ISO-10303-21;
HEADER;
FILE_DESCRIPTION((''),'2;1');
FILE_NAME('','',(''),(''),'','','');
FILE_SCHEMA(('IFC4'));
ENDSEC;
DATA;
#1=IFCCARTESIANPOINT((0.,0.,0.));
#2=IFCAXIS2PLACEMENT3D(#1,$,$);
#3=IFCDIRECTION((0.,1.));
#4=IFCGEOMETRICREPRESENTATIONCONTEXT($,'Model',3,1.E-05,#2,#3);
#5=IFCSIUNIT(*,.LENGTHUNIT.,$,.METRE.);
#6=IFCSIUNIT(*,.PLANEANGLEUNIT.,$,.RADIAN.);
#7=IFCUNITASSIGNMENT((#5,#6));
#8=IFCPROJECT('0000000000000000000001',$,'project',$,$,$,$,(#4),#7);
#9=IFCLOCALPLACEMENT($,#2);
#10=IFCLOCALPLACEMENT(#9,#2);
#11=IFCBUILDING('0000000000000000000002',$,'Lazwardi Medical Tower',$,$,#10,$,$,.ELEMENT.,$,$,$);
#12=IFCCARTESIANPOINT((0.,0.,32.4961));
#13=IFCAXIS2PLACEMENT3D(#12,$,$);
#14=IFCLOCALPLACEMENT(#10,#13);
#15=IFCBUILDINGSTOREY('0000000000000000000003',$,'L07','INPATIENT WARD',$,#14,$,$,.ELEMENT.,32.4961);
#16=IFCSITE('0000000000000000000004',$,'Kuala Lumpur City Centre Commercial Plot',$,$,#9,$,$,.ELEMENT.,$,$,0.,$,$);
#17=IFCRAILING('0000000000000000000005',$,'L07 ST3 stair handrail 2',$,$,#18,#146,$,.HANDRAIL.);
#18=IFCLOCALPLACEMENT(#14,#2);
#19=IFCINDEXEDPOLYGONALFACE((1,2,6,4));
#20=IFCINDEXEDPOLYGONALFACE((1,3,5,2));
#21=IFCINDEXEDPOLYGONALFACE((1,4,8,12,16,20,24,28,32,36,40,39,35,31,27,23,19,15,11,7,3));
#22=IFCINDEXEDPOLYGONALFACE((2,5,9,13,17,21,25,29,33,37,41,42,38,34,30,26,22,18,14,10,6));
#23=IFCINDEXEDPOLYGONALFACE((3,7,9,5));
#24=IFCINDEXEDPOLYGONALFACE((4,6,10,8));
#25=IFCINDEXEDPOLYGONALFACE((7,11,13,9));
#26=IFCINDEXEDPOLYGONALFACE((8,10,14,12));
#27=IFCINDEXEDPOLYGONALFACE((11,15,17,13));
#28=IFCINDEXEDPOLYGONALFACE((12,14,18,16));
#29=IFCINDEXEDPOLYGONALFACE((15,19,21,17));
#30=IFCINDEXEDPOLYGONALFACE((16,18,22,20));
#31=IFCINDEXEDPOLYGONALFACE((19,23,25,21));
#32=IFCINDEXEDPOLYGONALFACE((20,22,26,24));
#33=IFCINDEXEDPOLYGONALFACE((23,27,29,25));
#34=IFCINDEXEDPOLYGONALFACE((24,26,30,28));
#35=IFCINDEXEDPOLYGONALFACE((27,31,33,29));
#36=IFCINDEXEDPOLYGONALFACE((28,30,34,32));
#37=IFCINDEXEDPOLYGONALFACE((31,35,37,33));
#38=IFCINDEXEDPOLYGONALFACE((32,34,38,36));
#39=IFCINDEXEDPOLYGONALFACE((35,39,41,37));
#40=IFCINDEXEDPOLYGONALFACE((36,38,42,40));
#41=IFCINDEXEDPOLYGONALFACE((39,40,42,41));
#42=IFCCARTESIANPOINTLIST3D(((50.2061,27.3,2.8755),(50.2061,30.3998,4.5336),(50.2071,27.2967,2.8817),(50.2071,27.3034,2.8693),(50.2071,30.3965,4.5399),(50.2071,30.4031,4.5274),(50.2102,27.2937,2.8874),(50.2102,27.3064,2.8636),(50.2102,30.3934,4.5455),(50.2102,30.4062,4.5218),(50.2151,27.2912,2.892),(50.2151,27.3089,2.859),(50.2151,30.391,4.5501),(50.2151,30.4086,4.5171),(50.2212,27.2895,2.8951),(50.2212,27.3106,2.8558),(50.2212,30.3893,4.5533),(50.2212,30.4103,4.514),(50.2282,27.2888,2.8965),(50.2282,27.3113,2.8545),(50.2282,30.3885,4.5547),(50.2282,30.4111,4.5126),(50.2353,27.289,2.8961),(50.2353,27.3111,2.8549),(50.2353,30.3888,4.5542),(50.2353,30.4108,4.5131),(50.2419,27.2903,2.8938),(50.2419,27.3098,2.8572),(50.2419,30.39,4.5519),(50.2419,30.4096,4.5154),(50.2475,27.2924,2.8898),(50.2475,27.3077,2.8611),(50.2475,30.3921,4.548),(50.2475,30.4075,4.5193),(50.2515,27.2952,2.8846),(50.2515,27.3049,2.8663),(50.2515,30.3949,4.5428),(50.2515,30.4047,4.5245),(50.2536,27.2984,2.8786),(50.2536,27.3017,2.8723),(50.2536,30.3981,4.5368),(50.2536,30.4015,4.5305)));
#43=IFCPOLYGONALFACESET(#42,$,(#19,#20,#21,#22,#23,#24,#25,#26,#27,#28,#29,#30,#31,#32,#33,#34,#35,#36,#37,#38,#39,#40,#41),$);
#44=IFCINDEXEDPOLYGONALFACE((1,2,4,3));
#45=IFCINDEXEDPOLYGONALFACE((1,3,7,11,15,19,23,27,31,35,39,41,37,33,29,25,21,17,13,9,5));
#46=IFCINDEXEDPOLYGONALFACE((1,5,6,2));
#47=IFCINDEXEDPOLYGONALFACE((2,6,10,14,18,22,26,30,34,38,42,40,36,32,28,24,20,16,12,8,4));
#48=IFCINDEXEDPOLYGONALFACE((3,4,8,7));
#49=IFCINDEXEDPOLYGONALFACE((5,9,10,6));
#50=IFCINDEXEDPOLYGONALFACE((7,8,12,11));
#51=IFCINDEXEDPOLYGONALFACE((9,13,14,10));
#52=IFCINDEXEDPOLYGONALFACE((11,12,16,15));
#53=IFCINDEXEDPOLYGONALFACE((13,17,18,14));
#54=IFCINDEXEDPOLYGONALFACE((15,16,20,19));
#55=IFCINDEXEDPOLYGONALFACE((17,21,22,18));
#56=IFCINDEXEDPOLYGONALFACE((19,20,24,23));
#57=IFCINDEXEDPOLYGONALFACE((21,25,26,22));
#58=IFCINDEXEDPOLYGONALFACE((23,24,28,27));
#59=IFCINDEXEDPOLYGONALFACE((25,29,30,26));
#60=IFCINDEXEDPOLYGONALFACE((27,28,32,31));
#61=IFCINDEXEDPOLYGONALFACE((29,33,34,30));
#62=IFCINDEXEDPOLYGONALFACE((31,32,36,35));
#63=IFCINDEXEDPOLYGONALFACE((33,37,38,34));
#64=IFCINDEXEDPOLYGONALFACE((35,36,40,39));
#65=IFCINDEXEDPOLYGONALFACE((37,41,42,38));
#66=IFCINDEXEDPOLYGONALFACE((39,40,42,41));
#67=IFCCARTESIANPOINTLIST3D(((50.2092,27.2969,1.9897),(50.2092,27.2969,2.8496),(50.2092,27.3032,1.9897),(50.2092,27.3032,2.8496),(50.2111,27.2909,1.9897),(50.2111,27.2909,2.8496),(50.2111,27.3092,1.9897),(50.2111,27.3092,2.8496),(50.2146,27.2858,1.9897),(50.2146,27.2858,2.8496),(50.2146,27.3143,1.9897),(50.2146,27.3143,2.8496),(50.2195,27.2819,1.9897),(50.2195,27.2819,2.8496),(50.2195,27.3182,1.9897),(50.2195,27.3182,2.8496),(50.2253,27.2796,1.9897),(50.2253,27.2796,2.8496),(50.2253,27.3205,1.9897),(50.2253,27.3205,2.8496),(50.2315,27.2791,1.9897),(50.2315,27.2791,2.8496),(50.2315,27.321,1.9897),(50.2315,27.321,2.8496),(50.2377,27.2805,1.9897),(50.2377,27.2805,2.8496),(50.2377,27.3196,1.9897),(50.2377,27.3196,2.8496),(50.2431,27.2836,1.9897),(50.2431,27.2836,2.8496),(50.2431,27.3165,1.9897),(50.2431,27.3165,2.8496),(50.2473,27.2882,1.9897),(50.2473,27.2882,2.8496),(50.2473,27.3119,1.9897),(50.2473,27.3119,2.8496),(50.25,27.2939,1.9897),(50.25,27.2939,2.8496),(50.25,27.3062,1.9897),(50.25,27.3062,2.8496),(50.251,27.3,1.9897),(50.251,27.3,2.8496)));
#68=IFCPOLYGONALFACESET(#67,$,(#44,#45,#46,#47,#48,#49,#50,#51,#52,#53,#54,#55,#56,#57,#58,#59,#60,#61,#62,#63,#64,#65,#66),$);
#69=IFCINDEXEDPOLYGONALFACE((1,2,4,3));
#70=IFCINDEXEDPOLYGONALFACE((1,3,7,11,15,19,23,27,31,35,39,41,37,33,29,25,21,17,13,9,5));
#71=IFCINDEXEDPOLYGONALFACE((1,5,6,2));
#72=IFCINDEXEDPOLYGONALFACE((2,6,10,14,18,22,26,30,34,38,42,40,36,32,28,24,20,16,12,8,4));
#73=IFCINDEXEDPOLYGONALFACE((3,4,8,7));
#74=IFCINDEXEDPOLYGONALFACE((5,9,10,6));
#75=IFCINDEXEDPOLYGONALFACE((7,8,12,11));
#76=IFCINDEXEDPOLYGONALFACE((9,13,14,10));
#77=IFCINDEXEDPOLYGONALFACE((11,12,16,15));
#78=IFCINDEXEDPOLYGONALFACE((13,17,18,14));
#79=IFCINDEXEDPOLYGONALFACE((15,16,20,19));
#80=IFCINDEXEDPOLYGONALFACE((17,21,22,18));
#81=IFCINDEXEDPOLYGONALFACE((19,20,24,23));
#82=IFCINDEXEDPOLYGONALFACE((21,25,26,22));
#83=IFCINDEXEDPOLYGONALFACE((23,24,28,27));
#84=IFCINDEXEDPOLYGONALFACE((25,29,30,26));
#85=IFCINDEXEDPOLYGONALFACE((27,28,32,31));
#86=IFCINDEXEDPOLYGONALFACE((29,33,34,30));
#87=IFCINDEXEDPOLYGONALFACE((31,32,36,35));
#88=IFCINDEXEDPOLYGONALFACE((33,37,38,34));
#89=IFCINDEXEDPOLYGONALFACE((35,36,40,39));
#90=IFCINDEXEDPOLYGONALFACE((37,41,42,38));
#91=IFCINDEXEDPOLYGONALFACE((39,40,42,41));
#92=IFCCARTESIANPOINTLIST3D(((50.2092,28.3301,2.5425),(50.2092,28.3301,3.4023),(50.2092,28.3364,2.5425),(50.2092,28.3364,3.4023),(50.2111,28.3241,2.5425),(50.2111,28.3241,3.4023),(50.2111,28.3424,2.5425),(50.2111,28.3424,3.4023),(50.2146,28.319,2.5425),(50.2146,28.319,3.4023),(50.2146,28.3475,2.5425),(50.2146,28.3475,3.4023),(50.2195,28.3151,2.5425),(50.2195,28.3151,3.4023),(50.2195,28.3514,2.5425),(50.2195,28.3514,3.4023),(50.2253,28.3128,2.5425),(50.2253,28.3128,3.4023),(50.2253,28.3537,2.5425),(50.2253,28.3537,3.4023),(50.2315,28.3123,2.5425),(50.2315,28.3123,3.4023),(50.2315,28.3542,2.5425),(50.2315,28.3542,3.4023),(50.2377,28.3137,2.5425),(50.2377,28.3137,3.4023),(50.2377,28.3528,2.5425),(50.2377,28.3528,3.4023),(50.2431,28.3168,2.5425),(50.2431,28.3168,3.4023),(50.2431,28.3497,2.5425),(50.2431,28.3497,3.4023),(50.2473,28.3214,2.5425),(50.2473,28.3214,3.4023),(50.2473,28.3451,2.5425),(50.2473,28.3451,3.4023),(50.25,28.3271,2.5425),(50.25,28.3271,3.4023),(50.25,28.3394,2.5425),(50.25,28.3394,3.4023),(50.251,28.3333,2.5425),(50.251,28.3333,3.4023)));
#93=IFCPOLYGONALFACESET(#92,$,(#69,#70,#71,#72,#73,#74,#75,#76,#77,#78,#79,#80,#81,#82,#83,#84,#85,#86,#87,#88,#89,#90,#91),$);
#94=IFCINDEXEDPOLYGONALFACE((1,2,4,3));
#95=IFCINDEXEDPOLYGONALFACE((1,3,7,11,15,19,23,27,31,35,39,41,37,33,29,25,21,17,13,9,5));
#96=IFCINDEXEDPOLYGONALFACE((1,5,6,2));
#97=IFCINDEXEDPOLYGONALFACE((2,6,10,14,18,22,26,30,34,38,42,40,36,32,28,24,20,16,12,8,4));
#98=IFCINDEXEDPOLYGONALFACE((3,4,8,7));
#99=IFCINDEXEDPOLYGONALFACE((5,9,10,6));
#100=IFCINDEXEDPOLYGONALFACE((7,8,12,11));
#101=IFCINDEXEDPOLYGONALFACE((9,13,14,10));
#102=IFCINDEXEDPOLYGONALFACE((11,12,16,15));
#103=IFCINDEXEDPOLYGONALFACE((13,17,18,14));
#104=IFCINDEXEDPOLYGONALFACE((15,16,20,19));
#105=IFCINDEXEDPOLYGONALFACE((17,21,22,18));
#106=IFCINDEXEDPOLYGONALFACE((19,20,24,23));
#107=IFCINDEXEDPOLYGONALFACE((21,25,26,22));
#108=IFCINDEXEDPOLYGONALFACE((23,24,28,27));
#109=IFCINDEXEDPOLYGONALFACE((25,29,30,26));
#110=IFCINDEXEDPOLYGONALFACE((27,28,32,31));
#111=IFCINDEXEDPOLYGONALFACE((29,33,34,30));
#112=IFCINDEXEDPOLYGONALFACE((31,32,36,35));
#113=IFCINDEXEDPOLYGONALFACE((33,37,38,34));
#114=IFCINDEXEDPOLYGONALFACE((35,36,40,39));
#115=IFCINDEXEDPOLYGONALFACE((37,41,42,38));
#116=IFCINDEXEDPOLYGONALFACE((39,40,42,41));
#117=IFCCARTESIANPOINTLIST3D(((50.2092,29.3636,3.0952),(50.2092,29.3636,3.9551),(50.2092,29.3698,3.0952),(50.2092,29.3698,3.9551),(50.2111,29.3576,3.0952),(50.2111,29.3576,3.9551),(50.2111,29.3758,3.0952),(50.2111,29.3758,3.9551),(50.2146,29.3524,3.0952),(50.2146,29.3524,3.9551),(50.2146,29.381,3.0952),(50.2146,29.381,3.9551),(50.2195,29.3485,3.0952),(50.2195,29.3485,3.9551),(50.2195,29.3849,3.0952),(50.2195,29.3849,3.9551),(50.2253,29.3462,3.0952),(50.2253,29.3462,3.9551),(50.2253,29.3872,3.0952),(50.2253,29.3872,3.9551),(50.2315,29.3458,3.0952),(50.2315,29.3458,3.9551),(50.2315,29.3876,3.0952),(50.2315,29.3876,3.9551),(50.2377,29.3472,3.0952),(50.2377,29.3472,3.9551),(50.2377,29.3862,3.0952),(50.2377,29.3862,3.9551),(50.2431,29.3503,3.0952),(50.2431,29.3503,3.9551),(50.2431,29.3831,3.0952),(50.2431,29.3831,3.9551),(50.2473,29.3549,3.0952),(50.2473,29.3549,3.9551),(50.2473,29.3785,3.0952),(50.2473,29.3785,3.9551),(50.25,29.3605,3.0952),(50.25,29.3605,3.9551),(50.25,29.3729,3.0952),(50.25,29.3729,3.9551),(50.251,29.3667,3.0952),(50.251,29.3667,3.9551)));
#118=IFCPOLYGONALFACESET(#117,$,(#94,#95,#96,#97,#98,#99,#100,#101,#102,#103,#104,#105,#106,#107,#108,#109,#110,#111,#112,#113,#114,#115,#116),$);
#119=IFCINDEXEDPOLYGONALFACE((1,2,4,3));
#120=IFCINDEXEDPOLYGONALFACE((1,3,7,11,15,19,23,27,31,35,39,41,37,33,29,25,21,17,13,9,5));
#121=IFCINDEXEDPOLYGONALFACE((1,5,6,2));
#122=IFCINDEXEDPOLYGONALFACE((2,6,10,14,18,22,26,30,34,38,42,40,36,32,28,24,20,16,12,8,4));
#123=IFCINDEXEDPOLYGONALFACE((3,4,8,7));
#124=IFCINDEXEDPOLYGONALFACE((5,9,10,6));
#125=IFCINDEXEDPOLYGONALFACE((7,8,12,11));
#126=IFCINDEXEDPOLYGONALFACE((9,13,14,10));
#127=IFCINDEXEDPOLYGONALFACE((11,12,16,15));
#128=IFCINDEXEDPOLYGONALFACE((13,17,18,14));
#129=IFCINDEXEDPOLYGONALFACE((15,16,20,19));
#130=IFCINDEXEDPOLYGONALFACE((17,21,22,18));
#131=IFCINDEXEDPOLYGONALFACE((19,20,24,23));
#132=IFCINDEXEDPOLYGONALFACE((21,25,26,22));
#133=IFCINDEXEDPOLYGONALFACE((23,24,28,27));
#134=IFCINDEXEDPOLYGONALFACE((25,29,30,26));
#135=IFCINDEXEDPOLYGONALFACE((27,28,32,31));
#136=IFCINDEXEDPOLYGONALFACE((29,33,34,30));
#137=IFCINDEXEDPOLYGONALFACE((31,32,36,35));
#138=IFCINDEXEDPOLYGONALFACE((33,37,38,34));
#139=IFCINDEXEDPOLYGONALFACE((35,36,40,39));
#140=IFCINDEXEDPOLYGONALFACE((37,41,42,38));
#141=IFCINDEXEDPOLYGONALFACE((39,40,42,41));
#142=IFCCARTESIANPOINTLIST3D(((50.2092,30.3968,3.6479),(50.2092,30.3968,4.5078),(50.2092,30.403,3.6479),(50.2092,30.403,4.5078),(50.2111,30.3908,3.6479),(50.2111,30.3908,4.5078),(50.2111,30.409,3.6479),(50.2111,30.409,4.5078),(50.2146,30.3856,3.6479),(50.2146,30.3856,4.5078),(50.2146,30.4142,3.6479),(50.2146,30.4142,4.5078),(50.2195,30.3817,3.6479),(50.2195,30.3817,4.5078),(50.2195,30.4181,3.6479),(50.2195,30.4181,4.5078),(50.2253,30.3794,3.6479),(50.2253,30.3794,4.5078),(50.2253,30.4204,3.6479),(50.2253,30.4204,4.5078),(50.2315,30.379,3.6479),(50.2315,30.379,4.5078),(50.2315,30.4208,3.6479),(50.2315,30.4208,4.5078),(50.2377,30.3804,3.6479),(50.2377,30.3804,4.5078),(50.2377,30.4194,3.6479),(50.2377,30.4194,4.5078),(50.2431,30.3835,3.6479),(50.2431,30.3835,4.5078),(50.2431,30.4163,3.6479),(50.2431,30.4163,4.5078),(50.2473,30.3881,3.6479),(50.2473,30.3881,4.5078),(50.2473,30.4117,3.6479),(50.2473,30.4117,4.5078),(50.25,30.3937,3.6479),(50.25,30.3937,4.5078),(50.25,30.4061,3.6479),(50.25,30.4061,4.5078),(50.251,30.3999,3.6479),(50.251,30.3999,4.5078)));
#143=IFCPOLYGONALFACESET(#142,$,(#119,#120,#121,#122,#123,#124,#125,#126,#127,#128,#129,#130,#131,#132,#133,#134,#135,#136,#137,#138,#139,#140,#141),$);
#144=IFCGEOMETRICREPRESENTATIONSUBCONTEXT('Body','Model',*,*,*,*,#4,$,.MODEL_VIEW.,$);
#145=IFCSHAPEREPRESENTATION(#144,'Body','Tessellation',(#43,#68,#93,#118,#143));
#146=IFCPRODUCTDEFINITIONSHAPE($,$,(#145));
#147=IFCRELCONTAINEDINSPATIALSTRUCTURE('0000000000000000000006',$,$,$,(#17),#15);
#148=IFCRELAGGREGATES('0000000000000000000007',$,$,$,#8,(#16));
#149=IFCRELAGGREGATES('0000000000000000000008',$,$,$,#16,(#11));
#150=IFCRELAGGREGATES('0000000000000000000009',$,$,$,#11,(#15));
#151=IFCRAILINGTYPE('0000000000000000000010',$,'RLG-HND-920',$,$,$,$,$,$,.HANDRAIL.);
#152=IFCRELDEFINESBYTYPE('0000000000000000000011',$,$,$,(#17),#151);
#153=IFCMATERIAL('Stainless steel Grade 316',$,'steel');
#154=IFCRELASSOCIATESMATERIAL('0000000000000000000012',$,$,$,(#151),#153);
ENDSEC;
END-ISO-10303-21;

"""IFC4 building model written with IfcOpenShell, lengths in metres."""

from ifc_helpers import new_model, si_unit, direction, frame, origin, origin_2d, place, context, subcontext, project, spatial, circle, extrude, material, type_object, element, save


model = new_model("IFC4")

# Units and contexts
model_context = context("Model", 3, precision=1e-05, world=origin(), true_north=direction((0.0, 1.0)))
body_context = subcontext(model_context, "Body", "Model", "MODEL_VIEW")
ifc_project = project(units=[si_unit("LENGTHUNIT", "METRE"), si_unit("PLANEANGLEUNIT", "RADIAN")], contexts=[model_context])

# Site, building, storey
site_placement = place(None, origin())
site = spatial("IfcSite", under=ifc_project, at=site_placement, Name="Kuala Lumpur City Centre Commercial Plot", CompositionType="ELEMENT", RefElevation=0.0)
building_placement = place(site_placement, origin())
building = spatial("IfcBuilding", under=site, at=building_placement, Name="Lazwardi Medical Tower", CompositionType="ELEMENT")
storey_placement = place(building_placement, frame((0.0, 0.0, 32.4961)))
storey = spatial("IfcBuildingStorey", under=building, at=storey_placement, Name="L07", Description="INPATIENT WARD", CompositionType="ELEMENT", Elevation=32.4961)

# Railing
ifc_material_1 = material(Name="Stainless steel Grade 316", Category="steel")
railing_type = type_object("IfcRailingType", Name="RLG-HND-920", PredefinedType="HANDRAIL", material=ifc_material_1)
railing_placement = place(storey_placement, frame((50.23, 27.3, 1.9897)))
element("IfcRailing", 1, at=railing_placement, inside=storey, type_object=railing_type, Name="L07 ST3 stair handrail 2", PredefinedType="HANDRAIL", context=body_context, shape_type="SweptSolid", body=[
    extrude(circle(Radius=0.0239, at=origin_2d()), frame((0.0, 0.0, 0.8857), z_axis=(0.0, 0.881768, 0.471684), x_axis=(-1.0, 0.0, 0.0)), (0.0, 0.0, 1.0), 3.5154),
    extrude(circle(Radius=0.021, at=origin_2d()), origin(), (0.0, 0.0, 1.0), 0.8599),
    extrude(circle(Radius=0.021, at=origin_2d()), frame((0.0, 1.0332, 0.5527)), (0.0, 0.0, 1.0), 0.8599),
    extrude(circle(Radius=0.021, at=origin_2d()), frame((0.0, 2.0667, 1.1055)), (0.0, 0.0, 1.0), 0.8599),
    extrude(circle(Radius=0.021, at=origin_2d()), frame((0.0, 3.0999, 1.6582)), (0.0, 0.0, 1.0), 0.8599),
])

save(model, "model.ifc")
